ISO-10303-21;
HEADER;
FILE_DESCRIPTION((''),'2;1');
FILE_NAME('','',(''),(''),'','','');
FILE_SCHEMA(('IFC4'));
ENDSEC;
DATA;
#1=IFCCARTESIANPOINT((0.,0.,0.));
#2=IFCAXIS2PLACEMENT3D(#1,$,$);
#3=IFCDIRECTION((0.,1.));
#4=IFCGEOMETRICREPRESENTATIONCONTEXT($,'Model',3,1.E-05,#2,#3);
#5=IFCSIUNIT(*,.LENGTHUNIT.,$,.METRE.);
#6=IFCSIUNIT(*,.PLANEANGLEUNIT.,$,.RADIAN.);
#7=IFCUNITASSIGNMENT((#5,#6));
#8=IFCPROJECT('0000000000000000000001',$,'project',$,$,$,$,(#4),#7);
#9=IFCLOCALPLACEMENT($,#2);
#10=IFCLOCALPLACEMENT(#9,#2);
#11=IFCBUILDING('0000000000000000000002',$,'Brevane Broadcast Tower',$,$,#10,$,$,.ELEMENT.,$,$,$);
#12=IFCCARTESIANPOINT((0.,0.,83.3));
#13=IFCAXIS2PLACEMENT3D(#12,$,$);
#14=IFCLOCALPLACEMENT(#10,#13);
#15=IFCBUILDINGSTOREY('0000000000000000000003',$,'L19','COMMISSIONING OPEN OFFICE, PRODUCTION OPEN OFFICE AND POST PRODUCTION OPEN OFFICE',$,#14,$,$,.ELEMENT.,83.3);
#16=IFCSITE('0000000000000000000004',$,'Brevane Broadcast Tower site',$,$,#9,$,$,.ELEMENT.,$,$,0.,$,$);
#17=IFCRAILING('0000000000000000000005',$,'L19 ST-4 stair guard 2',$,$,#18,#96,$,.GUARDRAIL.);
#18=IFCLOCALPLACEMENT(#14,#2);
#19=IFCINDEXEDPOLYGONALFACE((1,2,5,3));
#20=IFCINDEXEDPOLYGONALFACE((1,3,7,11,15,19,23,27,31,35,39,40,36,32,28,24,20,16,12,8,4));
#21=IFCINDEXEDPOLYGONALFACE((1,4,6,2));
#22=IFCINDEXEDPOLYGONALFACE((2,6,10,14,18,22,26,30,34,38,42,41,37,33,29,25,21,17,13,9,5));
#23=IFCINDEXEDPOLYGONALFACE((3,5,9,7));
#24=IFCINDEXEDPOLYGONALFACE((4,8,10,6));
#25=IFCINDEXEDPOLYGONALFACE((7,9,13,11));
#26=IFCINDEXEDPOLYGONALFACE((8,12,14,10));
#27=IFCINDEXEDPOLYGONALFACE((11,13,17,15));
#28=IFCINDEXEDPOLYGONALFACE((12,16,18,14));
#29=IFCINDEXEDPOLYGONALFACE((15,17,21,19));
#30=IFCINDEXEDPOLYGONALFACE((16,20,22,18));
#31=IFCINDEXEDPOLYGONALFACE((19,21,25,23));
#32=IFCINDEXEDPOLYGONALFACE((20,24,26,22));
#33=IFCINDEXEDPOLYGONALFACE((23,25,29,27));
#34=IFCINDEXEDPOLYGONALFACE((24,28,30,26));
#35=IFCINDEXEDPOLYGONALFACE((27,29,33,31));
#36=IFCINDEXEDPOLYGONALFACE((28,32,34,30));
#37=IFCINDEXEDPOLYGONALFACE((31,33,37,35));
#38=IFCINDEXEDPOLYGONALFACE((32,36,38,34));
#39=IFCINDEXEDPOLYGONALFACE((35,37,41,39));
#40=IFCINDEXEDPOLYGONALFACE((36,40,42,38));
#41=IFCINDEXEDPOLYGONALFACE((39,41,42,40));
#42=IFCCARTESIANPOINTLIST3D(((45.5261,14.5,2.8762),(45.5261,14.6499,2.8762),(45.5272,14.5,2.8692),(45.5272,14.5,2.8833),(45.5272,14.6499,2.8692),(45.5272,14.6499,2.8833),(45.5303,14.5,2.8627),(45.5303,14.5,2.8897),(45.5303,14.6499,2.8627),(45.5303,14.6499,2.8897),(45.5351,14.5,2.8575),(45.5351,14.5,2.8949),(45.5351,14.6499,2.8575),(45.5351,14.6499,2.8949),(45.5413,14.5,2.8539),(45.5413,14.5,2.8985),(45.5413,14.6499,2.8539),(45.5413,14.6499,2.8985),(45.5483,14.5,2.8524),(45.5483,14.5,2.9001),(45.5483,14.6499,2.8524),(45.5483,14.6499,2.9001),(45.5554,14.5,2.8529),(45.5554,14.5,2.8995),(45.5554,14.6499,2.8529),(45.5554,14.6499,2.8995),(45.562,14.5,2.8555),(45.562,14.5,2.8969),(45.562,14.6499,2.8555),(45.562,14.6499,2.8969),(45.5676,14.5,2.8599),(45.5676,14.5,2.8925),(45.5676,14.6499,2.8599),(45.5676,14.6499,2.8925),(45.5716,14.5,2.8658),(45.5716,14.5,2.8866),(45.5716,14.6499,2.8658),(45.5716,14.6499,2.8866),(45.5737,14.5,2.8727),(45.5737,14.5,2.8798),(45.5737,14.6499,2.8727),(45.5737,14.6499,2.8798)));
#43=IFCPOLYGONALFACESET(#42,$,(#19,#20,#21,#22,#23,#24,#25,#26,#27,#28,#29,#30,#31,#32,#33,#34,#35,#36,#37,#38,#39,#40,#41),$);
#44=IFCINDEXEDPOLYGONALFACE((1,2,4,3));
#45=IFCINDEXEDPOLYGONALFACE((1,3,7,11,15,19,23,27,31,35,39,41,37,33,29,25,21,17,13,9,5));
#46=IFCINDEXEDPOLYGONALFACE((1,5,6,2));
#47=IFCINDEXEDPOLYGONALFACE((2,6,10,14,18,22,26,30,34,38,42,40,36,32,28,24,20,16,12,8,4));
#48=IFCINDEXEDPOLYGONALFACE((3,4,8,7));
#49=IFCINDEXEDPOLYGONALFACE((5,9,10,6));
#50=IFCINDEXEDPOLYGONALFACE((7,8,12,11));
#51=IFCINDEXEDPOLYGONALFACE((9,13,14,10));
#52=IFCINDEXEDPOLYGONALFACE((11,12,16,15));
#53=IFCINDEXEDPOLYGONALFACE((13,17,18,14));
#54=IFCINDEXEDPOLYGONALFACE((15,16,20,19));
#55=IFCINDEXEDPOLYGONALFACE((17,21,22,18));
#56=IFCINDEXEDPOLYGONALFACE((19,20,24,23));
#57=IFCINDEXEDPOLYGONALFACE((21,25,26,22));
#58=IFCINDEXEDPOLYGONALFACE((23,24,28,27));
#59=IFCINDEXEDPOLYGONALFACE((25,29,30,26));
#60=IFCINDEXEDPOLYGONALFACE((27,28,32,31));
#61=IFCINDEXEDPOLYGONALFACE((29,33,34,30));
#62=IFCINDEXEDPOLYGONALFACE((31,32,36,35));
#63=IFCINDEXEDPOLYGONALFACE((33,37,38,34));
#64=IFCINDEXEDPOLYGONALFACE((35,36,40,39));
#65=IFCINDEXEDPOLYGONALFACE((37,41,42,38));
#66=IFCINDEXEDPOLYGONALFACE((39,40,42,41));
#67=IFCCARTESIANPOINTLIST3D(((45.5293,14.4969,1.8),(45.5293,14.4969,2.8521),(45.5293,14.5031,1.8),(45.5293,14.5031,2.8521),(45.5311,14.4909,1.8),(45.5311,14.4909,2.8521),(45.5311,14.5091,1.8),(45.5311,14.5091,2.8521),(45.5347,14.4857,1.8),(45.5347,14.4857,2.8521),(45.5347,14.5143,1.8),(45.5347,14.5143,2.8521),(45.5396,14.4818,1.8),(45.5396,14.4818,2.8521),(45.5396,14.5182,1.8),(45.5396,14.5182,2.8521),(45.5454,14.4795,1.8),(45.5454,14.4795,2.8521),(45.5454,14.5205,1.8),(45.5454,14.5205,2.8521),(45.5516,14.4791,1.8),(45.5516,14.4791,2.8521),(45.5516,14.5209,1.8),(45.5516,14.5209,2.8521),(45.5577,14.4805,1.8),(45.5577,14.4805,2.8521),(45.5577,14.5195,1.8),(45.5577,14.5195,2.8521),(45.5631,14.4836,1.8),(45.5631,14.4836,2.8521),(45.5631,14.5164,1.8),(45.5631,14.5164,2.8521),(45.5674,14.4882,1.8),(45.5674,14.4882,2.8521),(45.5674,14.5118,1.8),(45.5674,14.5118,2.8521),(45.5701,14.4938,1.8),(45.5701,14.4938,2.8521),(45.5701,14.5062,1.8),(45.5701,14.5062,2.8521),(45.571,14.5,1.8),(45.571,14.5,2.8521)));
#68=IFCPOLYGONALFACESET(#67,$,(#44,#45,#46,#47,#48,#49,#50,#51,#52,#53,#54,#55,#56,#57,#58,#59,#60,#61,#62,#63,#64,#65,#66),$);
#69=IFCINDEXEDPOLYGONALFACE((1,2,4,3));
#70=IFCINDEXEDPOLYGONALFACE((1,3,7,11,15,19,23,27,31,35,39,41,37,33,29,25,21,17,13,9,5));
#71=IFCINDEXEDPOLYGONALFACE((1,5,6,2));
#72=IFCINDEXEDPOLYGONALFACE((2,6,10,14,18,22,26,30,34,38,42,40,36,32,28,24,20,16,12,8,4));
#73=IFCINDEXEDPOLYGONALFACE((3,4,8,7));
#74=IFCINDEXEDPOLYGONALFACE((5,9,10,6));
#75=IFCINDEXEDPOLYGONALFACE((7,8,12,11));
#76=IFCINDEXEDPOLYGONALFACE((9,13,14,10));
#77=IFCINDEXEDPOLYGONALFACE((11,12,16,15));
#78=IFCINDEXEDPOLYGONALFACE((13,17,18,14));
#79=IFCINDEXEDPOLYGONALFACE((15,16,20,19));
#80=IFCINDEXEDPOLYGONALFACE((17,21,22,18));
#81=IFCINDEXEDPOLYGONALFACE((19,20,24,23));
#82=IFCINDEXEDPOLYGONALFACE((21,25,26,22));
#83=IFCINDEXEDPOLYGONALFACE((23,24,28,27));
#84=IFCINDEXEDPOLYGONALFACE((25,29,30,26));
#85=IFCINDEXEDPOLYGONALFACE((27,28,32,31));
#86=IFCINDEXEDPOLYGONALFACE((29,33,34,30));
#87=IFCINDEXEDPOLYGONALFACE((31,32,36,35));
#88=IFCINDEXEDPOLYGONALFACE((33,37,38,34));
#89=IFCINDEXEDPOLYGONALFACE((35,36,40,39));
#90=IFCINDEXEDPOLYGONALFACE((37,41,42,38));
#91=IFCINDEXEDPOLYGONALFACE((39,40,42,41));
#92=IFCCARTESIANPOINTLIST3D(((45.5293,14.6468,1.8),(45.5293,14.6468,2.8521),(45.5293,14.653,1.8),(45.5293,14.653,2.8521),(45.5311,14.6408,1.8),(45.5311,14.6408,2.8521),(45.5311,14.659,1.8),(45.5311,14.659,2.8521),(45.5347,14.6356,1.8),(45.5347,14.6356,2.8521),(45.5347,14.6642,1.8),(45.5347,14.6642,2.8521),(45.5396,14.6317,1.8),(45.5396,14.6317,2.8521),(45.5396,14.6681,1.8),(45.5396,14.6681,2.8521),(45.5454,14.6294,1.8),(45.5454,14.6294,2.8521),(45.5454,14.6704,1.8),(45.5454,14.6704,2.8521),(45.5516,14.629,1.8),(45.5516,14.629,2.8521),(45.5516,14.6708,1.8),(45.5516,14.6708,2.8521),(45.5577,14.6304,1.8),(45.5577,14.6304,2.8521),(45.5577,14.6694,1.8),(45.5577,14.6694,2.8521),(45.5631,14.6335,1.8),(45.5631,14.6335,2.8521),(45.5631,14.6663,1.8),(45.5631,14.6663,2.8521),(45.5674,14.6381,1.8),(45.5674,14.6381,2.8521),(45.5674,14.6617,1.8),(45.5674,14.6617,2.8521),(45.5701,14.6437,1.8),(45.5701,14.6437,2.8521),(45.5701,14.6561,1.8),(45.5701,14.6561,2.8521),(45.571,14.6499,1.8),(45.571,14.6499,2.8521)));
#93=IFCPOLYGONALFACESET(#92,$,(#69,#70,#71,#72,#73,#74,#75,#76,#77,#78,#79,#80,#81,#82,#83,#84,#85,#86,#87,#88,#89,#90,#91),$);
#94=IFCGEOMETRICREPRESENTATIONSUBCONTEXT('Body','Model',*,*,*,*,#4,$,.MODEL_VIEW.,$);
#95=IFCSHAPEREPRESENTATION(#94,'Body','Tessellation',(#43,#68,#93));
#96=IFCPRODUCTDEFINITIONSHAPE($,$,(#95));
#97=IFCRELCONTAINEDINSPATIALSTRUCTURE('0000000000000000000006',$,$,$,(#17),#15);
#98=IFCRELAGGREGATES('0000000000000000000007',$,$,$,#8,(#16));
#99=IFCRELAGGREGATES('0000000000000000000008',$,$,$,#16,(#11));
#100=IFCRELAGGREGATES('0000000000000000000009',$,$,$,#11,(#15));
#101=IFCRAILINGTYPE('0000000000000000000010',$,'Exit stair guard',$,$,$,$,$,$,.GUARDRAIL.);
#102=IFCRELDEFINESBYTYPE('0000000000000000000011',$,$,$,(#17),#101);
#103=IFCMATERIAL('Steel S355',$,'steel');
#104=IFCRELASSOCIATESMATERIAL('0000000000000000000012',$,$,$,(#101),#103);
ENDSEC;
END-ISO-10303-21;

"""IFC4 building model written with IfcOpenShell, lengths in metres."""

from ifc_helpers import new_model, si_unit, direction, frame, origin, origin_2d, place, context, subcontext, project, spatial, circle, extrude, material, type_object, element, save


model = new_model("IFC4")

# Units and contexts
model_context = context("Model", 3, precision=1e-05, world=origin(), true_north=direction((0.0, 1.0)))
body_context = subcontext(model_context, "Body", "Model", "MODEL_VIEW")
ifc_project = project(units=[si_unit("LENGTHUNIT", "METRE"), si_unit("PLANEANGLEUNIT", "RADIAN")], contexts=[model_context])

# Site, building, storey
site_placement = place(None, origin())
site = spatial("IfcSite", under=ifc_project, at=site_placement, Name="Brevane Broadcast Tower site", CompositionType="ELEMENT", RefElevation=0.0)
building_placement = place(site_placement, origin())
building = spatial("IfcBuilding", under=site, at=building_placement, Name="Brevane Broadcast Tower", CompositionType="ELEMENT")
storey_placement = place(building_placement, frame((0.0, 0.0, 83.3)))
storey = spatial("IfcBuildingStorey", under=building, at=storey_placement, Name="L19", Description="COMMISSIONING OPEN OFFICE, PRODUCTION OPEN OFFICE AND POST PRODUCTION OPEN OFFICE", CompositionType="ELEMENT", Elevation=83.3)

# Railing
ifc_material_1 = material(Name="Steel S355", Category="steel")
railing_type_1 = type_object("IfcRailingType", Name="Exit stair guard", PredefinedType="GUARDRAIL", material=ifc_material_1)
railing_1_placement = place(storey_placement, frame((45.55, 14.5, 1.8)))
element("IfcRailing", 1, at=railing_1_placement, inside=storey, type_object=railing_type_1, Name="L19 ST-4 stair guard 2", PredefinedType="GUARDRAIL", context=body_context, shape_type="SweptSolid", body=[
    extrude(circle(Radius=0.0239, at=origin_2d()), frame((0.0, 0.0, 1.0762), z_axis=(0.0, 1.0, 0.0), x_axis=(-1.0, 0.0, 0.0)), (0.0, 0.0, 1.0), 0.1499),
    extrude(circle(Radius=0.021, at=origin_2d()), origin(), (0.0, 0.0, 1.0), 1.052),
    extrude(circle(Radius=0.021, at=origin_2d()), frame((0.0, 0.1499, 0.0)), (0.0, 0.0, 1.0), 1.052),
])

save(model, "model.ifc")
